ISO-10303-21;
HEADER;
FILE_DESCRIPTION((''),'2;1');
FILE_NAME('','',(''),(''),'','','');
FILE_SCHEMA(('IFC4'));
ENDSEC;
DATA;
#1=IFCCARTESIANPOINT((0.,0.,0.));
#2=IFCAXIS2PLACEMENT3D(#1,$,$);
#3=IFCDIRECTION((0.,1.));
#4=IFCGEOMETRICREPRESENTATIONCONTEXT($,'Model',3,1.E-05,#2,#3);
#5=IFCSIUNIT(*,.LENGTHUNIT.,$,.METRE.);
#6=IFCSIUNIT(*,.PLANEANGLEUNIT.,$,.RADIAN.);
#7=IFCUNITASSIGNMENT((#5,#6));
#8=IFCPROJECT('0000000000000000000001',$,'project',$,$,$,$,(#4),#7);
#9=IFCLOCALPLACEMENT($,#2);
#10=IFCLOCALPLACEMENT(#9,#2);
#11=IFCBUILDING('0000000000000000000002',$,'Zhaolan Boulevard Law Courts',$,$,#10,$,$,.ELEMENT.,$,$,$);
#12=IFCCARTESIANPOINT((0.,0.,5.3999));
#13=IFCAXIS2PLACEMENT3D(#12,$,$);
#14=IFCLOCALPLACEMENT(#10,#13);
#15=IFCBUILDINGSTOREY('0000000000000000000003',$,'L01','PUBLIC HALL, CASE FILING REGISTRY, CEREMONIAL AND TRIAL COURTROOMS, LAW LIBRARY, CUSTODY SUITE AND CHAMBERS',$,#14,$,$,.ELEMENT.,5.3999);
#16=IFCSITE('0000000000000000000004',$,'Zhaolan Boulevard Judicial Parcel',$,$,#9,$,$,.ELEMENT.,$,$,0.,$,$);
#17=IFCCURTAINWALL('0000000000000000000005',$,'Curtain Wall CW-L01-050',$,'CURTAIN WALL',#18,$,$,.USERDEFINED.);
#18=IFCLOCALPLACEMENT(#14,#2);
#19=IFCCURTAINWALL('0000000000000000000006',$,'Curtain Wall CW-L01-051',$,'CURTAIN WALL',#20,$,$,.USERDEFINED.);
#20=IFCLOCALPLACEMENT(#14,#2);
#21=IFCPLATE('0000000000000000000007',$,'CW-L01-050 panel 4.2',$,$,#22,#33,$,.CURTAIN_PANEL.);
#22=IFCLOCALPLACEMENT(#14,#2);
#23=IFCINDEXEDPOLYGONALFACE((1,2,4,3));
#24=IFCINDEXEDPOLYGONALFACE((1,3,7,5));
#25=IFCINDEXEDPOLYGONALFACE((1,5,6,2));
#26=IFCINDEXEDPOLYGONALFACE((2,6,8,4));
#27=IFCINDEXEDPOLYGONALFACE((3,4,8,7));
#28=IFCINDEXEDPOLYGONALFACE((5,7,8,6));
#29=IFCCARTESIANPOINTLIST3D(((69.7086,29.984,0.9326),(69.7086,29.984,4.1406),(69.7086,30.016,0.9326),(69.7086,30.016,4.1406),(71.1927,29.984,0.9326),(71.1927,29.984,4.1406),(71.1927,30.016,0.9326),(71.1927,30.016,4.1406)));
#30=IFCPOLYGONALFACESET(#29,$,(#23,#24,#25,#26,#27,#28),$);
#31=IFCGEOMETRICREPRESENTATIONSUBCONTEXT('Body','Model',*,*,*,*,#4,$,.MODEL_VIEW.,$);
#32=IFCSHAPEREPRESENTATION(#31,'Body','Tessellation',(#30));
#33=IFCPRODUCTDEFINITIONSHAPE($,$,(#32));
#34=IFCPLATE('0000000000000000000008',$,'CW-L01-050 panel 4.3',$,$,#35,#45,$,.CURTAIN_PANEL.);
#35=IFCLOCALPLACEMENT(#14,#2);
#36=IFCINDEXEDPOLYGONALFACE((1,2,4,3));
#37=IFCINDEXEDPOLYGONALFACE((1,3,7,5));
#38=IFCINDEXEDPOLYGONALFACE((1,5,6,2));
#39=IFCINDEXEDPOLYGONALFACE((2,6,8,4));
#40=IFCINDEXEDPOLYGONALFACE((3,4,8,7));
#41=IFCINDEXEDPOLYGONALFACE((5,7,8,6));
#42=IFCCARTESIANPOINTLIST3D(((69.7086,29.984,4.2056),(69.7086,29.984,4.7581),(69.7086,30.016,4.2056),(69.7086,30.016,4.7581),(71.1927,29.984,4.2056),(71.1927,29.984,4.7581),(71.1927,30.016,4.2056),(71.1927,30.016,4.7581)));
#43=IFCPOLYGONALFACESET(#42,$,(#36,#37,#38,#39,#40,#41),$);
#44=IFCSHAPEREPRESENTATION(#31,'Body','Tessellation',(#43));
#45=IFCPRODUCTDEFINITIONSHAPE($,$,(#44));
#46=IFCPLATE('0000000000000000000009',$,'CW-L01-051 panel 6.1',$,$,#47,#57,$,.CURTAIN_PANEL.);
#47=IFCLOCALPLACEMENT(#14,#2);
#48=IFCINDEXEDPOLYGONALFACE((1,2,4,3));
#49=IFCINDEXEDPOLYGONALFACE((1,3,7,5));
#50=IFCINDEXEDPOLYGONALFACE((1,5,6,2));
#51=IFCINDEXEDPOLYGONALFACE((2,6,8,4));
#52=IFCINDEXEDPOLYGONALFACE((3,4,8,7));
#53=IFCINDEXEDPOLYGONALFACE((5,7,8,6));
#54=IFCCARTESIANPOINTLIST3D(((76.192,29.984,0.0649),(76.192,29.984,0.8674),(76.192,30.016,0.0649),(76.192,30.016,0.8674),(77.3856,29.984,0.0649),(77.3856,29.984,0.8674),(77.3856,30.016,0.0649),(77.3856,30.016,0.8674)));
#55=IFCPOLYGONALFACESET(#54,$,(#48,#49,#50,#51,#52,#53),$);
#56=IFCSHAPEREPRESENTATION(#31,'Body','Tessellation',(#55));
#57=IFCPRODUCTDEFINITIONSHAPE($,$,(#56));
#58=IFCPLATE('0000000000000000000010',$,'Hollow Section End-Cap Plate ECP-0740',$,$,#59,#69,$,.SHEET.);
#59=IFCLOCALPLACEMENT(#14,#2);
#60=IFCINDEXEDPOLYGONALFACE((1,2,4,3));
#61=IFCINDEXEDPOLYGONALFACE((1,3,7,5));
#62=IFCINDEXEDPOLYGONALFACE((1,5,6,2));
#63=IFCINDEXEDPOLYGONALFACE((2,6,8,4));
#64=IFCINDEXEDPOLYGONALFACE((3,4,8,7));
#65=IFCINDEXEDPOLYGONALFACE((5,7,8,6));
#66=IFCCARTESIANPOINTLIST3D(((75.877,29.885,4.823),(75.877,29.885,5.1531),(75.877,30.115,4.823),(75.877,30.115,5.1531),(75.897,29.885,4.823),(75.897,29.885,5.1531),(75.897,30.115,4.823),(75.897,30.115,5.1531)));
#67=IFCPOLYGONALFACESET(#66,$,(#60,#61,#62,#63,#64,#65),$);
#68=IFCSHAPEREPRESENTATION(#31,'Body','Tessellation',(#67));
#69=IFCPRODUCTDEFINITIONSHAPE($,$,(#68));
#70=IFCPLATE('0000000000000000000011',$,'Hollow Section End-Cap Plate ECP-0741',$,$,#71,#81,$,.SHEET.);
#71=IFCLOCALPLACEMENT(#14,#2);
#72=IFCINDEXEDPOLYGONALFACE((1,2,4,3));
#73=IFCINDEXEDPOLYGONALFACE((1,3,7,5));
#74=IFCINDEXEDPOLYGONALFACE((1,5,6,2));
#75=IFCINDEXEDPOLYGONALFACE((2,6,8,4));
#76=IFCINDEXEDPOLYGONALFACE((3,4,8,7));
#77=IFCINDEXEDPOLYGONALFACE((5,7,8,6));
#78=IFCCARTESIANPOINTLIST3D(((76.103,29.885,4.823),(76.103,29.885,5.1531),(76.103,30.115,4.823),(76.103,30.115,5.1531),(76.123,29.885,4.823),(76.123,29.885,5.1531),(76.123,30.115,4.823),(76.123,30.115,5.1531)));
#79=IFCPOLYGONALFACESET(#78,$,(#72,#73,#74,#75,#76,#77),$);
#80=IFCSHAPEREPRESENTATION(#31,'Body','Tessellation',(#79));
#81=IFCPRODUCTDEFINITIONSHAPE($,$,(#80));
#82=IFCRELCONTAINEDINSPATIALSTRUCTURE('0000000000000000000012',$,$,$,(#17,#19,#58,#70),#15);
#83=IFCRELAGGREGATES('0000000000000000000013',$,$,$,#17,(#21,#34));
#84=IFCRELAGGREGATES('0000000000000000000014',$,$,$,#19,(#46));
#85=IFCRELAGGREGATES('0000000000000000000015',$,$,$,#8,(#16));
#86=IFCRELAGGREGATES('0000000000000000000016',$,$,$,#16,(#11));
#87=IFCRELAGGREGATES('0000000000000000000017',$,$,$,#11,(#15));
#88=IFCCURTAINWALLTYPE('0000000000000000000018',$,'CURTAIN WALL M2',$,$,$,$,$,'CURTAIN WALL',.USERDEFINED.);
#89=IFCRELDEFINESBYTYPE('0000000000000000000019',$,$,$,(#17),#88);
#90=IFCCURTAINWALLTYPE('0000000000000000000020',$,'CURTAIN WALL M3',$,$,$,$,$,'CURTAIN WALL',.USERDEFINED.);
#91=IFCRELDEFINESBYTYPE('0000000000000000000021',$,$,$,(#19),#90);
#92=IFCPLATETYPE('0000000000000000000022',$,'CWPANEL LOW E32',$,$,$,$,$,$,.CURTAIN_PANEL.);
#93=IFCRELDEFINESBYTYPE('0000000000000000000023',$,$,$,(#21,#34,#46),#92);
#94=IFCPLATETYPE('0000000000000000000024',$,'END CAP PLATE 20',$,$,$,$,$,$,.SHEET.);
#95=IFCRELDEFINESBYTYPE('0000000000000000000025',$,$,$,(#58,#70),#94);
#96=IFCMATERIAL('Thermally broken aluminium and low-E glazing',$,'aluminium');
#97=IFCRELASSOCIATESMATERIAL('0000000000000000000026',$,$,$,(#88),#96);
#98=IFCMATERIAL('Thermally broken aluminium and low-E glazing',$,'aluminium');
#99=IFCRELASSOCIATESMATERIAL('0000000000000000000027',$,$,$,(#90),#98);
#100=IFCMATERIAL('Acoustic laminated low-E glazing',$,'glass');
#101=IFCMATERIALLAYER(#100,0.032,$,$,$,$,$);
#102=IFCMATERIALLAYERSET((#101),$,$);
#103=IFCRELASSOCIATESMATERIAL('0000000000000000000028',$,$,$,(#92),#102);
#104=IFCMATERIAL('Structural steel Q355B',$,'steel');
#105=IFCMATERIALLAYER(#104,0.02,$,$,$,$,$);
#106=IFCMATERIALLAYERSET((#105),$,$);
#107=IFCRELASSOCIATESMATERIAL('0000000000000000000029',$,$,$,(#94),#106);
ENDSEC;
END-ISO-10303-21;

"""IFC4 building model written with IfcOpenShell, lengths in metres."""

from ifc_helpers import new_model, si_unit, direction, frame, origin, origin_2d, place, context, subcontext, project, spatial, rectangle, extrude, material, layer, layer_set, type_object, element, aggregate, save


model = new_model("IFC4")

# Units and contexts
model_context = context("Model", 3, precision=1e-05, world=origin(), true_north=direction((0.0, 1.0)))
body_context = subcontext(model_context, "Body", "Model", "MODEL_VIEW")
ifc_project = project(units=[si_unit("LENGTHUNIT", "METRE"), si_unit("PLANEANGLEUNIT", "RADIAN")], contexts=[model_context])

# Site, building, storey
site_placement = place(None, origin())
site = spatial("IfcSite", under=ifc_project, at=site_placement, Name="Zhaolan Boulevard Judicial Parcel", CompositionType="ELEMENT", RefElevation=0.0)
building_placement = place(site_placement, origin())
building = spatial("IfcBuilding", under=site, at=building_placement, Name="Zhaolan Boulevard Law Courts", CompositionType="ELEMENT")
storey_placement = place(building_placement, frame((0.0, 0.0, 5.3999)))
storey = spatial("IfcBuildingStorey", under=building, at=storey_placement, Name="L01", Description="PUBLIC HALL, CASE FILING REGISTRY, CEREMONIAL AND TRIAL COURTROOMS, LAW LIBRARY, CUSTODY SUITE AND CHAMBERS", CompositionType="ELEMENT", Elevation=5.3999)

# Curtain wall
ifc_material_1 = material(Name="Thermally broken aluminium and low-E glazing", Category="aluminium")
curtain_wall_type_1 = type_object("IfcCurtainWallType", Name="CURTAIN WALL M2", ElementType="CURTAIN WALL", PredefinedType="USERDEFINED", material=ifc_material_1)
curtain_wall_1_placement = place(storey_placement, origin())
curtain_wall_1 = element("IfcCurtainWall", 1, at=curtain_wall_1_placement, inside=storey, type_object=curtain_wall_type_1, Name="Curtain Wall CW-L01-050", ObjectType="CURTAIN WALL", PredefinedType="USERDEFINED")

# Curtain wall
ifc_material_2 = material(Name="Thermally broken aluminium and low-E glazing", Category="aluminium")
curtain_wall_type_2 = type_object("IfcCurtainWallType", Name="CURTAIN WALL M3", ElementType="CURTAIN WALL", PredefinedType="USERDEFINED", material=ifc_material_2)
curtain_wall_2_placement = place(storey_placement, origin())
curtain_wall_2 = element("IfcCurtainWall", 2, at=curtain_wall_2_placement, inside=storey, type_object=curtain_wall_type_2, Name="Curtain Wall CW-L01-051", ObjectType="CURTAIN WALL", PredefinedType="USERDEFINED")

# Plates
ifc_material_3 = material(Name="Acoustic laminated low-E glazing", Category="glass")
ifc_layer_1 = layer(ifc_material_3, 0.032)
ifc_layer_set_1 = layer_set([ifc_layer_1])
plate_type_1 = type_object("IfcPlateType", Name="CWPANEL LOW E32", PredefinedType="CURTAIN_PANEL", material=ifc_layer_set_1)
plate_1_placement = place(storey_placement, frame((70.4507, 30.0, 0.9326), z_axis=(0.0, 0.0, 1.0), x_axis=(-1.0, 0.0, 0.0)))
plate_1 = element("IfcPlate", 3, at=plate_1_placement, type_object=plate_type_1, Name="CW-L01-050 panel 4.2", PredefinedType="CURTAIN_PANEL", context=body_context, shape_type="SweptSolid", body=[
    extrude(rectangle(XDim=1.4841, YDim=0.032, at=origin_2d()), origin(), (0.0, 0.0, 1.0), 3.208),
])
plate_2_placement = place(storey_placement, frame((70.4507, 30.0, 4.2056), z_axis=(0.0, 0.0, 1.0), x_axis=(-1.0, 0.0, 0.0)))
plate_2 = element("IfcPlate", 4, at=plate_2_placement, type_object=plate_type_1, Name="CW-L01-050 panel 4.3", PredefinedType="CURTAIN_PANEL", context=body_context, shape_type="SweptSolid", body=[
    extrude(rectangle(XDim=1.4841, YDim=0.032, at=origin_2d()), origin(), (0.0, 0.0, 1.0), 0.5525),
])
aggregate(curtain_wall_1, [plate_1, plate_2])
plate_3_placement = place(storey_placement, frame((76.7888, 30.0, 0.0649), z_axis=(0.0, 0.0, 1.0), x_axis=(-1.0, 0.0, 0.0)))
plate_3 = element("IfcPlate", 5, at=plate_3_placement, type_object=plate_type_1, Name="CW-L01-051 panel 6.1", PredefinedType="CURTAIN_PANEL", context=body_context, shape_type="SweptSolid", body=[
    extrude(rectangle(XDim=1.1936, YDim=0.032, at=origin_2d()), origin(), (0.0, 0.0, 1.0), 0.8025),
])
aggregate(curtain_wall_2, [plate_3])

# Plates
ifc_material_4 = material(Name="Structural steel Q355B", Category="steel")
ifc_layer_2 = layer(ifc_material_4, 0.02)
ifc_layer_set_2 = layer_set([ifc_layer_2])
plate_type_2 = type_object("IfcPlateType", Name="END CAP PLATE 20", PredefinedType="SHEET", material=ifc_layer_set_2)
for number, where, z_axis, x_axis, name in (
    (6, (75.887, 30.0, 4.823), (0.0, 0.0, 1.0), (1.0, 0.0, 0.0), "Hollow Section End-Cap Plate ECP-0740"),
    (7, (76.113, 30.0, 4.823), (0.0, 0.0, 1.0), (1.0, 0.0, 0.0), "Hollow Section End-Cap Plate ECP-0741"),
):
    element("IfcPlate", number, at=place(storey_placement, frame(where, z_axis=z_axis, x_axis=x_axis)), inside=storey, type_object=plate_type_2, Name=name, PredefinedType="SHEET", context=body_context, shape_type="SweptSolid", body=[
        extrude(rectangle(XDim=0.02, YDim=0.23, at=origin_2d()), origin(), (0.0, 0.0, 1.0), 0.3301),
    ])

save(model, "model.ifc")
